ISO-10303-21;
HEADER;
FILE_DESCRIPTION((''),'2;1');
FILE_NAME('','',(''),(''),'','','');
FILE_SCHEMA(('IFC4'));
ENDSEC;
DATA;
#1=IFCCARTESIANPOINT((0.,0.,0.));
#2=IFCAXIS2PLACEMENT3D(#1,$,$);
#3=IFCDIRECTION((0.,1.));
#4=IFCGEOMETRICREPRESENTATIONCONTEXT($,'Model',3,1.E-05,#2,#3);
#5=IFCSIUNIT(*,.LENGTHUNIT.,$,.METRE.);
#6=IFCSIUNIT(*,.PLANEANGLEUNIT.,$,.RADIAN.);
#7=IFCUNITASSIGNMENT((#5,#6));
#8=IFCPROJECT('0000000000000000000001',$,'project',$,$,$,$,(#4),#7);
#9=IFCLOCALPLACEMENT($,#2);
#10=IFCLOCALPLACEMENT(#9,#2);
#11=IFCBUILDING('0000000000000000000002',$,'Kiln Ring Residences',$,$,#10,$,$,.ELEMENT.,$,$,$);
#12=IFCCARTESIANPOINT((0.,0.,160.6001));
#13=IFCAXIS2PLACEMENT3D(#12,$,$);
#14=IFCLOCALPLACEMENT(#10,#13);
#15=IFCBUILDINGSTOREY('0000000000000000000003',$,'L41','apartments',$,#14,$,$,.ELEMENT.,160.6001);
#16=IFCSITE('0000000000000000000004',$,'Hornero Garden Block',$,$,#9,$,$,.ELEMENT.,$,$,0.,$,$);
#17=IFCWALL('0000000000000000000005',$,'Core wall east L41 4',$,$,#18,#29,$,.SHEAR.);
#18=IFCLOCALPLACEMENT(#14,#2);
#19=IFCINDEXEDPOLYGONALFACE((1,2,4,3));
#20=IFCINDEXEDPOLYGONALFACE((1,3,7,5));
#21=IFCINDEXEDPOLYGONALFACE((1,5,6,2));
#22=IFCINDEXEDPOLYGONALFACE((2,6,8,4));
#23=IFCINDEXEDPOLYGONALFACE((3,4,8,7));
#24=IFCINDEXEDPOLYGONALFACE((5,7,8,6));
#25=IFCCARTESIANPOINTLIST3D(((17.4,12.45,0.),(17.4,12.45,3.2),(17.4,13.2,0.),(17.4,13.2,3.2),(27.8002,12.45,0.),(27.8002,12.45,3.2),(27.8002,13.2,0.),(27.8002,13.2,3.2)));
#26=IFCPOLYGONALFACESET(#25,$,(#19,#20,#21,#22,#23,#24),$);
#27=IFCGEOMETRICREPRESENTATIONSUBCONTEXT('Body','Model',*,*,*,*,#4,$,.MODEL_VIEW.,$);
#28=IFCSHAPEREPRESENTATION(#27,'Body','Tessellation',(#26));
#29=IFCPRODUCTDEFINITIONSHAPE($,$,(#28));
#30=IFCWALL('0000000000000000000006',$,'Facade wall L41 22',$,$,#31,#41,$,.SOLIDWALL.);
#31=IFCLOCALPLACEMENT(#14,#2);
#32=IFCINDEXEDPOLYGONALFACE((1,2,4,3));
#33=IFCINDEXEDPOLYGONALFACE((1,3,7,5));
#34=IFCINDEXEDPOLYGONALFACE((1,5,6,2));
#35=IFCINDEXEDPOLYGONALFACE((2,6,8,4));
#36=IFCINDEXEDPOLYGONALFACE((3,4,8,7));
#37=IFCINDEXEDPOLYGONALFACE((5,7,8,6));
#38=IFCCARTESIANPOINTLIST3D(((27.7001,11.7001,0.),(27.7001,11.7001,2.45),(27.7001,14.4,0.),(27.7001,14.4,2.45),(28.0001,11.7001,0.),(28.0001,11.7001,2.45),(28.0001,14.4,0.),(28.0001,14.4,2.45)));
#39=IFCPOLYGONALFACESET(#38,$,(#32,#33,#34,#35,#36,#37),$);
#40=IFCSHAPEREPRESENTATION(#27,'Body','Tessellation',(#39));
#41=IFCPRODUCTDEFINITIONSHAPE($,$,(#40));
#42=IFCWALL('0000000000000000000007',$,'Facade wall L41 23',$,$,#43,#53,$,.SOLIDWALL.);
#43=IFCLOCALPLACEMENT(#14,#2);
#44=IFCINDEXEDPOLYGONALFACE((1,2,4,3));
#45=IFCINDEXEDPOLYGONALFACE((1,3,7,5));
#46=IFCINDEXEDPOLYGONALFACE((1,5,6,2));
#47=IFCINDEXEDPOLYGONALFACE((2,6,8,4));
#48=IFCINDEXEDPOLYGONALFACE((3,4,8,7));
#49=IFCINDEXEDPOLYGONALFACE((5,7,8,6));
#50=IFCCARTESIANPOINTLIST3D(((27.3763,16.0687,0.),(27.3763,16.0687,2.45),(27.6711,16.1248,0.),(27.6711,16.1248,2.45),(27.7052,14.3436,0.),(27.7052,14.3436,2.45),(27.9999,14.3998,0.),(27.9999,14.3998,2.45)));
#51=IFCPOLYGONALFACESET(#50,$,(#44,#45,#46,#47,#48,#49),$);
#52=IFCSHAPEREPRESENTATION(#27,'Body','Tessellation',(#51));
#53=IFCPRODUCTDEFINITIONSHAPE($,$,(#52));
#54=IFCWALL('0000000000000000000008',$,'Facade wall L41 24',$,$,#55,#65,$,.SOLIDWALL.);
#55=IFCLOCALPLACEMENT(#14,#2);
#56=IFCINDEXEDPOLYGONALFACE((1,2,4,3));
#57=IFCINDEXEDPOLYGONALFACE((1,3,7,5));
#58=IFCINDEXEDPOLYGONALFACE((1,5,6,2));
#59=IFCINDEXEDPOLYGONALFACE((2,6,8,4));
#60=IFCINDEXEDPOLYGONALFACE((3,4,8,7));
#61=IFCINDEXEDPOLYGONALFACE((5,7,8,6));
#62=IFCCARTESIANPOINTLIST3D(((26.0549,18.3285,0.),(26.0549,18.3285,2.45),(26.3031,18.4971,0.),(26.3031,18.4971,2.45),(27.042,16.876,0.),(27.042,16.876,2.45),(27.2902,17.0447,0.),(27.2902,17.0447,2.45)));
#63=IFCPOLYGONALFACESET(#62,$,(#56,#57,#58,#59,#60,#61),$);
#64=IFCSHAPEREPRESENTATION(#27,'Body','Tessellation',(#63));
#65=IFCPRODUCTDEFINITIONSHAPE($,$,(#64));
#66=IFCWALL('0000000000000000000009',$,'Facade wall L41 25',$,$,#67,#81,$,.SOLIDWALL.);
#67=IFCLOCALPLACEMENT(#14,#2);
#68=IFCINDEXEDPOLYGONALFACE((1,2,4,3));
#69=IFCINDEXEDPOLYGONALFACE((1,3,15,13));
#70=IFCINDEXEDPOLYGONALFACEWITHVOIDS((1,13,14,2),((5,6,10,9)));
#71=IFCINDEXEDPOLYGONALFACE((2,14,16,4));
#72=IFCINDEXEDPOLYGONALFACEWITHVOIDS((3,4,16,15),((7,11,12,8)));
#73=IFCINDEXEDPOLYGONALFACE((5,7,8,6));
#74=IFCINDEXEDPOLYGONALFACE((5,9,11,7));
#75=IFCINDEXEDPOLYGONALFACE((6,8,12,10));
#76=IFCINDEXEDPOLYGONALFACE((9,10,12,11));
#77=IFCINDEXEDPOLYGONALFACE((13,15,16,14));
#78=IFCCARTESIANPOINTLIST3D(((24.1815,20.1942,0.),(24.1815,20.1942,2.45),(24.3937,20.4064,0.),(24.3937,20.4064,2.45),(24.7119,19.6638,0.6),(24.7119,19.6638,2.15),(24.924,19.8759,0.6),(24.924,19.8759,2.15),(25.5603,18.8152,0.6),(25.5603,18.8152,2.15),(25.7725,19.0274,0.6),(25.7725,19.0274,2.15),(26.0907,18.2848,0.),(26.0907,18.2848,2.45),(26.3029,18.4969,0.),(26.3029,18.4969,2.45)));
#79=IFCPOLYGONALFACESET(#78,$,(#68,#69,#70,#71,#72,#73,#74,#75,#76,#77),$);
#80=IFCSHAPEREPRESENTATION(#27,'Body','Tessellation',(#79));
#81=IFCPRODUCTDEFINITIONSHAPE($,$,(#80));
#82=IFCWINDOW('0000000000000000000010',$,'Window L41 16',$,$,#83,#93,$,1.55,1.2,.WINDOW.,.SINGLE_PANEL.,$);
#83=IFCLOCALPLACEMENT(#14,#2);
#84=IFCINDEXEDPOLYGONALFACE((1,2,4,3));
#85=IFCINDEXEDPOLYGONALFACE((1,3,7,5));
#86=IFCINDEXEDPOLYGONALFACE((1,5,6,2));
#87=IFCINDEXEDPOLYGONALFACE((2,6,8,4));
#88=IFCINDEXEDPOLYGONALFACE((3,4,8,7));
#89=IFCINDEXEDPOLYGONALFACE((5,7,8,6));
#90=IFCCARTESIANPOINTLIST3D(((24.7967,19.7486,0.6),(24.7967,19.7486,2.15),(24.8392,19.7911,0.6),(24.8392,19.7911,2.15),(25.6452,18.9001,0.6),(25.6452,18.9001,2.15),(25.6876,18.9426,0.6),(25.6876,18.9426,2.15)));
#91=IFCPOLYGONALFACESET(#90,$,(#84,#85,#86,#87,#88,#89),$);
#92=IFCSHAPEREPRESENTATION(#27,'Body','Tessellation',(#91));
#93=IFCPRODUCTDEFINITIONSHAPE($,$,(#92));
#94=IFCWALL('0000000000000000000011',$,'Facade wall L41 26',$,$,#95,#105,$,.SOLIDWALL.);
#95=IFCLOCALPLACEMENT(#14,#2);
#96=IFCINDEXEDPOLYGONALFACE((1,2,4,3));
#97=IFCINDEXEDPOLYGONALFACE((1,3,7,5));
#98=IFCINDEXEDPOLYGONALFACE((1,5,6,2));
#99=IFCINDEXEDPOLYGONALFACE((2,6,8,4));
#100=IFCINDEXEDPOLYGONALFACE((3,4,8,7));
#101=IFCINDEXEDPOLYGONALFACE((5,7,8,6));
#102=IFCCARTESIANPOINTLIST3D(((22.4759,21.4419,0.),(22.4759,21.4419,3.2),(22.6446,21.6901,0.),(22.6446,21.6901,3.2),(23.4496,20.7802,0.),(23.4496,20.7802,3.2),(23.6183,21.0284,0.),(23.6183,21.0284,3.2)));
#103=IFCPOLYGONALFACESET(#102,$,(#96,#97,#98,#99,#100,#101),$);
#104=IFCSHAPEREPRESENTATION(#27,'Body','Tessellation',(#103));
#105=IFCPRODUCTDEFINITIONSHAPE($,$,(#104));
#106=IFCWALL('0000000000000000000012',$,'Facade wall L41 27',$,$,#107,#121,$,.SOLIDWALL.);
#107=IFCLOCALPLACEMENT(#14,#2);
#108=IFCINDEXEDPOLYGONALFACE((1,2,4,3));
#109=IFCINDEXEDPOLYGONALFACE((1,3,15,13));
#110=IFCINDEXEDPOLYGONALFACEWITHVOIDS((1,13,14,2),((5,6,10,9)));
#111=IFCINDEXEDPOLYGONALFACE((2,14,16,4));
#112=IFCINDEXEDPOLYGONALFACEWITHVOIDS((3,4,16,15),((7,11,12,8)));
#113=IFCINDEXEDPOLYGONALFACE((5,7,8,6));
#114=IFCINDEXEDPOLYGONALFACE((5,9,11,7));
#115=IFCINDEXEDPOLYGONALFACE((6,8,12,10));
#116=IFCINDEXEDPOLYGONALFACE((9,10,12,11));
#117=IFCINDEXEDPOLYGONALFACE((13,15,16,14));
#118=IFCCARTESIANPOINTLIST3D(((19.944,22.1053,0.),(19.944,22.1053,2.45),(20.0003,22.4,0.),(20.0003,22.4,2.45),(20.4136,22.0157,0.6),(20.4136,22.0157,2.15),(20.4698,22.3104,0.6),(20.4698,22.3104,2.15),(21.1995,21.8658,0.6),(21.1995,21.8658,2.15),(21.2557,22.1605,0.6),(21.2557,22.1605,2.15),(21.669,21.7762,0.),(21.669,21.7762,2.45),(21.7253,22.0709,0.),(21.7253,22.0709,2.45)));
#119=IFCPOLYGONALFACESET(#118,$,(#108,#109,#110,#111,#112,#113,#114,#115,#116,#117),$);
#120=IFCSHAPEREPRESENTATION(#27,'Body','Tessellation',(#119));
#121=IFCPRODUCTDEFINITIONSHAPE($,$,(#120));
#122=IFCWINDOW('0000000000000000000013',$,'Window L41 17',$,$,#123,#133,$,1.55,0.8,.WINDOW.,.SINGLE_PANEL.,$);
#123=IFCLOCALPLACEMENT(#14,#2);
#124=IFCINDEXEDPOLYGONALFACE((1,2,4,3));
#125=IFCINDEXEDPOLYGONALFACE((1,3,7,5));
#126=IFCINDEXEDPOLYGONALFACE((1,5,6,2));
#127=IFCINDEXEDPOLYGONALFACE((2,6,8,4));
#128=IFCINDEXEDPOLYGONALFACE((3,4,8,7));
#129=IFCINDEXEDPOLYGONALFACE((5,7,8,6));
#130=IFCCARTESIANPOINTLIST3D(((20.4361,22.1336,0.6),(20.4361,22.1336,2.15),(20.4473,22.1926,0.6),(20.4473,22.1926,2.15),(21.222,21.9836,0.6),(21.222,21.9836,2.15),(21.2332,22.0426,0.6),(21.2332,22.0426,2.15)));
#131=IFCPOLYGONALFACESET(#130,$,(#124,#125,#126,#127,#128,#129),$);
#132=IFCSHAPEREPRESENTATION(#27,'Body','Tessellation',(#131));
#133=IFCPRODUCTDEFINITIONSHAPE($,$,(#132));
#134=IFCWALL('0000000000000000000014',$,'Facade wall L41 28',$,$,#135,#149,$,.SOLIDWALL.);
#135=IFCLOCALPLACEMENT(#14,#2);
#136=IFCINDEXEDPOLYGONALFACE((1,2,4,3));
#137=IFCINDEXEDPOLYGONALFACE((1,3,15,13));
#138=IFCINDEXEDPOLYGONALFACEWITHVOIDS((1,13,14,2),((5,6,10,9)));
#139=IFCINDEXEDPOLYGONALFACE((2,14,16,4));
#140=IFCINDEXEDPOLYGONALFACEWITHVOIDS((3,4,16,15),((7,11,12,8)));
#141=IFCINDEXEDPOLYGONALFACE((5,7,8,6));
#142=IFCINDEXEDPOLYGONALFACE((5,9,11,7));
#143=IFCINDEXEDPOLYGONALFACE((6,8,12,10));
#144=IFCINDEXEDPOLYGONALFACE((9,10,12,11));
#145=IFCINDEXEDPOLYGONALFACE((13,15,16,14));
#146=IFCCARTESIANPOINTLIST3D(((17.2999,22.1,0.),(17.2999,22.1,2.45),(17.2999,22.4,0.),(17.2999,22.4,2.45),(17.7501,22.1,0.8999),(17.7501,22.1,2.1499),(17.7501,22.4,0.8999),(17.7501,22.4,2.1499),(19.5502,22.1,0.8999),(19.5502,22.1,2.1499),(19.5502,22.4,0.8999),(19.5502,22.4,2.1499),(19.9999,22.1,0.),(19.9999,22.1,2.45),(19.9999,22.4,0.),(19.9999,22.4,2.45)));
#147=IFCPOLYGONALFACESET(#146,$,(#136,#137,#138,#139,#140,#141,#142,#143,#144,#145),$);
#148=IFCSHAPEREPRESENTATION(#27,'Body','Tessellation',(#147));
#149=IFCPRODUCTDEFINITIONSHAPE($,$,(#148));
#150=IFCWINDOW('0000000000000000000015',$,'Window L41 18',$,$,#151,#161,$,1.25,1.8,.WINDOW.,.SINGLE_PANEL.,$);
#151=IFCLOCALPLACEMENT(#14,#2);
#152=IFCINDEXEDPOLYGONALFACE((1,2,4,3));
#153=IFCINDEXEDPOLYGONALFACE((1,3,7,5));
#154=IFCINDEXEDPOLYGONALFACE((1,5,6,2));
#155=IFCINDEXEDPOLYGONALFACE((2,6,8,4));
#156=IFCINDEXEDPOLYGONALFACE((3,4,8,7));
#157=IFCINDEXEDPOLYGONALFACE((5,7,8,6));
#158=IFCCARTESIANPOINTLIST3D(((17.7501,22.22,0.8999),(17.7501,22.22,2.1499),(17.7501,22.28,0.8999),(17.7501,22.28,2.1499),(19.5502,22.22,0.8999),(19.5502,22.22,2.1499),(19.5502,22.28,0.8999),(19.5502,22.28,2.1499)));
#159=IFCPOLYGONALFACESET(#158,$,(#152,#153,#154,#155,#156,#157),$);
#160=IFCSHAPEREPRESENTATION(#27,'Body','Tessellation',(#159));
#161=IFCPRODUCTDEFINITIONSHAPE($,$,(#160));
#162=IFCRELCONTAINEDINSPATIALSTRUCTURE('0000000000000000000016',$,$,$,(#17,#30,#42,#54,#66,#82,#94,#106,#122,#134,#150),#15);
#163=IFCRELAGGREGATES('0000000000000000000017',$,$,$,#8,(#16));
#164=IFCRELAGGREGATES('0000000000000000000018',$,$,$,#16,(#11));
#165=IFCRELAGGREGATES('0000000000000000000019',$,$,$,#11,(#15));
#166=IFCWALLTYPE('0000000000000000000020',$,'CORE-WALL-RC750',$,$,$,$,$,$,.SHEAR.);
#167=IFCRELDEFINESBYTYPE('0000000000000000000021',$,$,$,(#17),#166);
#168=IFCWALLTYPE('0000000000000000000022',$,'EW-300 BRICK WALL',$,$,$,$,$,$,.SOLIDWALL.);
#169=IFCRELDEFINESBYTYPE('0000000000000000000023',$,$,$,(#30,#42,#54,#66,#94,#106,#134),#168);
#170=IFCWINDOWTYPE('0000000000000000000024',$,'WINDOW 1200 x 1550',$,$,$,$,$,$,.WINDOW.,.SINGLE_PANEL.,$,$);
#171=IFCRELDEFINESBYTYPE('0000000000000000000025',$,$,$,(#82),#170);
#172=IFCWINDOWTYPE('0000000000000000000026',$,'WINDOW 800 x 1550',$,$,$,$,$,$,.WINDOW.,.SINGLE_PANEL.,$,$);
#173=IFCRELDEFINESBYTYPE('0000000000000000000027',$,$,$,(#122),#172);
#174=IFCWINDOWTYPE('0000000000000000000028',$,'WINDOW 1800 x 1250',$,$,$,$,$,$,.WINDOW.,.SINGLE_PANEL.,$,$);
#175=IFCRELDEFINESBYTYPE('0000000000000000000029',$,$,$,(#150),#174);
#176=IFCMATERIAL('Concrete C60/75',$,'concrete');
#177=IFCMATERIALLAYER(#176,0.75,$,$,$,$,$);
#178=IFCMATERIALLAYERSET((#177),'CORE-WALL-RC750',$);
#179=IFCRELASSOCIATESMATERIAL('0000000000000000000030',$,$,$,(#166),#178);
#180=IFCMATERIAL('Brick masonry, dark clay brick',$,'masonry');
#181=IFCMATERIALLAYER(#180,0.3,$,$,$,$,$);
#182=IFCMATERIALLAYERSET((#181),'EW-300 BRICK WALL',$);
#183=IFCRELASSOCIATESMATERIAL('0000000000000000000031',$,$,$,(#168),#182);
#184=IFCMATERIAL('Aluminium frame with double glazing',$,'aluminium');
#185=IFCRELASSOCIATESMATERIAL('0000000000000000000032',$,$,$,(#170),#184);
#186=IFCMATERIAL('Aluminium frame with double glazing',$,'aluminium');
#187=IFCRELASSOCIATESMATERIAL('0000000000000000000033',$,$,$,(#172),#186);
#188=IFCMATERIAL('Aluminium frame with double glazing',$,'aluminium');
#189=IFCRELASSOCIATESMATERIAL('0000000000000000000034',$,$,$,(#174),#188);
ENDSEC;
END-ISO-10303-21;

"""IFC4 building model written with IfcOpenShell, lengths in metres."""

from ifc_helpers import new_model, si_unit, direction, frame, frame_2d, origin, place, context, subcontext, project, spatial, rectangle, extrude, material, layer, layer_set, type_object, element, fill, save


model = new_model("IFC4")

# Units and contexts
model_context = context("Model", 3, precision=1e-05, world=origin(), true_north=direction((0.0, 1.0)))
body_context = subcontext(model_context, "Body", "Model", "MODEL_VIEW")
ifc_project = project(units=[si_unit("LENGTHUNIT", "METRE"), si_unit("PLANEANGLEUNIT", "RADIAN")], contexts=[model_context])

# Site, building, storey
site_placement = place(None, origin())
site = spatial("IfcSite", under=ifc_project, at=site_placement, Name="Hornero Garden Block", CompositionType="ELEMENT", RefElevation=0.0)
building_placement = place(site_placement, origin())
building = spatial("IfcBuilding", under=site, at=building_placement, Name="Kiln Ring Residences", CompositionType="ELEMENT")
storey_placement = place(building_placement, frame((0.0, 0.0, 160.6001)))
storey = spatial("IfcBuildingStorey", under=building, at=storey_placement, Name="L41", Description="apartments", CompositionType="ELEMENT", Elevation=160.6001)

# Walls
ifc_material_1 = material(Name="Concrete C60/75", Category="concrete")
ifc_layer_1 = layer(ifc_material_1, 0.75)
ifc_layer_set_1 = layer_set([ifc_layer_1], Name="CORE-WALL-RC750")
wall_type_1 = type_object("IfcWallType", Name="CORE-WALL-RC750", PredefinedType="SHEAR", material=ifc_layer_set_1)
wall_1_placement = place(storey_placement, frame((17.3999, 12.825, 0.0), z_axis=(0.0, 0.0, 1.0), x_axis=(1.0, 0.0, 0.0)))
element("IfcWall", 1, at=wall_1_placement, inside=storey, type_object=wall_type_1, Name="Core wall east L41 4", PredefinedType="SHEAR", context=body_context, shape_type="SweptSolid", body=[
    extrude(rectangle(XDim=10.4001, YDim=0.75, at=frame_2d((5.2002, 0.0))), origin(), (0.0, 0.0, 1.0), 3.2),
])
ifc_material_2 = material(Name="Brick masonry, dark clay brick", Category="masonry")
ifc_layer_2 = layer(ifc_material_2, 0.3)
ifc_layer_set_2 = layer_set([ifc_layer_2], Name="EW-300 BRICK WALL")
wall_type_2 = type_object("IfcWallType", Name="EW-300 BRICK WALL", PredefinedType="SOLIDWALL", material=ifc_layer_set_2)
wall_2_placement = place(storey_placement, frame((27.8501, 11.7, 0.0), z_axis=(0.0, 0.0, 1.0), x_axis=(0.0, 1.0, 0.0)))
element("IfcWall", 2, at=wall_2_placement, inside=storey, type_object=wall_type_2, Name="Facade wall L41 22", PredefinedType="SOLIDWALL", context=body_context, shape_type="SweptSolid", body=[
    extrude(rectangle(XDim=2.7, YDim=0.3, at=frame_2d((1.3501, 0.0))), origin(), (0.0, 0.0, 1.0), 2.45),
])
for number, where, z_axis, x_axis, name in (
    (3, (27.8525, 14.3718, 0.0), (0.0, 0.0, 1.0), (-0.187259, 0.982311, 0.0), "Facade wall L41 23"),
    (4, (27.166, 16.9604, 0.0), (0.0, 0.0, 1.0), (-0.562089, 0.827076, 0.0), "Facade wall L41 24"),
):
    element("IfcWall", number, at=place(storey_placement, frame(where, z_axis=z_axis, x_axis=x_axis)), inside=storey, type_object=wall_type_2, Name=name, PredefinedType="SOLIDWALL", context=body_context, shape_type="SweptSolid", body=[
        extrude(rectangle(XDim=1.7561, YDim=0.3, at=frame_2d((0.8779, 0.0))), origin(), (0.0, 0.0, 1.0), 2.45),
    ])

# Wall, opening, window
wall_3_placement = place(storey_placement, frame((26.1968, 18.3909, 0.0), z_axis=(0.0, 0.0, 1.0), x_axis=(-0.707062, 0.707152, 0.0)))
wall_3 = element("IfcWall", 5, at=wall_3_placement, inside=storey, type_object=wall_type_2, Name="Facade wall L41 25", PredefinedType="SOLIDWALL", context=body_context, shape_type="SweptSolid", body=[
    extrude(rectangle(XDim=2.7002, YDim=0.3, at=frame_2d((1.3501, 0.0))), origin(), (0.0, 0.0, 1.0), 2.45),
])
opening_1_placement = place(wall_3_placement, frame((0.75, 0.0, 0.6001)))
opening_1 = element("IfcOpeningElement", 6, at=opening_1_placement, cuts=wall_3, PredefinedType="OPENING", context=body_context, shape_type="SweptSolid", body=[
    extrude(rectangle(XDim=1.2, YDim=1.55, at=frame_2d((0.6001, 0.7749))), frame((0.0, 0.1599, 0.0), z_axis=(0.0, -1.0, 0.0), x_axis=(1.0, 0.0, 0.0)), (0.0, 0.0, 1.0), 0.3201),
])
ifc_material_3 = material(Name="Aluminium frame with double glazing", Category="aluminium")
window_type_1 = type_object("IfcWindowType", Name="WINDOW 1200 x 1550", PartitioningType="SINGLE_PANEL", PredefinedType="WINDOW", material=ifc_material_3)
window_1_placement = place(opening_1_placement, origin())
window_1 = element("IfcWindow", 7, at=window_1_placement, inside=storey, type_object=window_type_1, Name="Window L41 16", OverallHeight=1.55, OverallWidth=1.2, PartitioningType="SINGLE_PANEL", PredefinedType="WINDOW", context=body_context, shape_type="SweptSolid", body=[
    extrude(rectangle(XDim=1.2, YDim=1.55, at=frame_2d((0.6001, 0.7749))), frame((0.0, 0.03, 0.0), z_axis=(0.0, -1.0, 0.0), x_axis=(1.0, 0.0, 0.0)), (0.0, 0.0, 1.0), 0.0601),
])
fill(opening_1, window_1)

# Wall
wall_4_placement = place(storey_placement, frame((23.5339, 20.9043, 0.0), z_axis=(0.0, 0.0, 1.0), x_axis=(-0.827104, 0.562049, 0.0)))
element("IfcWall", 8, at=wall_4_placement, inside=storey, type_object=wall_type_2, Name="Facade wall L41 26", PredefinedType="SOLIDWALL", context=body_context, shape_type="SweptSolid", body=[
    extrude(rectangle(XDim=1.1772, YDim=0.3, at=frame_2d((0.5886, 0.0))), origin(), (0.0, 0.0, 1.0), 3.2),
])

# Walls, openings, windows
wall_5_placement = place(storey_placement, frame((21.697, 21.9236, 0.0), z_axis=(0.0, 0.0, 1.0), x_axis=(-0.982285, 0.187393, 0.0)))
wall_5 = element("IfcWall", 9, at=wall_5_placement, inside=storey, type_object=wall_type_2, Name="Facade wall L41 27", PredefinedType="SOLIDWALL", context=body_context, shape_type="SweptSolid", body=[
    extrude(rectangle(XDim=1.7561, YDim=0.3, at=frame_2d((0.8779, 0.0))), origin(), (0.0, 0.0, 1.0), 2.45),
])
opening_2_placement = place(wall_5_placement, frame((0.478, 0.0, 0.6001)))
opening_2 = element("IfcOpeningElement", 10, at=opening_2_placement, cuts=wall_5, PredefinedType="OPENING", context=body_context, shape_type="SweptSolid", body=[
    extrude(rectangle(XDim=0.8, YDim=1.55, at=frame_2d((0.3999, 0.7749))), frame((0.0, 0.1599, 0.0), z_axis=(0.0, -1.0, 0.0), x_axis=(1.0, 0.0, 0.0)), (0.0, 0.0, 1.0), 0.3201),
])
ifc_material_4 = material(Name="Aluminium frame with double glazing", Category="aluminium")
window_type_2 = type_object("IfcWindowType", Name="WINDOW 800 x 1550", PartitioningType="SINGLE_PANEL", PredefinedType="WINDOW", material=ifc_material_4)
window_2_placement = place(opening_2_placement, origin())
window_2 = element("IfcWindow", 11, at=window_2_placement, inside=storey, type_object=window_type_2, Name="Window L41 17", OverallHeight=1.55, OverallWidth=0.8, PartitioningType="SINGLE_PANEL", PredefinedType="WINDOW", context=body_context, shape_type="SweptSolid", body=[
    extrude(rectangle(XDim=0.8, YDim=1.55, at=frame_2d((0.3999, 0.7749))), frame((0.0, 0.03, 0.0), z_axis=(0.0, -1.0, 0.0), x_axis=(1.0, 0.0, 0.0)), (0.0, 0.0, 1.0), 0.0601),
])
fill(opening_2, window_2)
wall_6_placement = place(storey_placement, frame((20.0, 22.25, 0.0), z_axis=(0.0, 0.0, 1.0), x_axis=(-1.0, 0.0, 0.0)))
wall_6 = element("IfcWall", 12, at=wall_6_placement, inside=storey, type_object=wall_type_2, Name="Facade wall L41 28", PredefinedType="SOLIDWALL", context=body_context, shape_type="SweptSolid", body=[
    extrude(rectangle(XDim=2.7, YDim=0.3, at=frame_2d((1.3501, 0.0))), origin(), (0.0, 0.0, 1.0), 2.45),
])
opening_3_placement = place(wall_6_placement, frame((0.45, 0.0, 0.8999)))
opening_3 = element("IfcOpeningElement", 13, at=opening_3_placement, cuts=wall_6, PredefinedType="OPENING", context=body_context, shape_type="SweptSolid", body=[
    extrude(rectangle(XDim=1.8, YDim=1.25, at=frame_2d((0.8999, 0.625))), frame((0.0, 0.1599, 0.0), z_axis=(0.0, -1.0, 0.0), x_axis=(1.0, 0.0, 0.0)), (0.0, 0.0, 1.0), 0.3201),
])
ifc_material_5 = material(Name="Aluminium frame with double glazing", Category="aluminium")
window_type_3 = type_object("IfcWindowType", Name="WINDOW 1800 x 1250", PartitioningType="SINGLE_PANEL", PredefinedType="WINDOW", material=ifc_material_5)
window_3_placement = place(opening_3_placement, origin())
window_3 = element("IfcWindow", 14, at=window_3_placement, inside=storey, type_object=window_type_3, Name="Window L41 18", OverallHeight=1.25, OverallWidth=1.8, PartitioningType="SINGLE_PANEL", PredefinedType="WINDOW", context=body_context, shape_type="SweptSolid", body=[
    extrude(rectangle(XDim=1.8, YDim=1.25, at=frame_2d((0.8999, 0.625))), frame((0.0, 0.03, 0.0), z_axis=(0.0, -1.0, 0.0), x_axis=(1.0, 0.0, 0.0)), (0.0, 0.0, 1.0), 0.0601),
])
fill(opening_3, window_3)

save(model, "model.ifc")
